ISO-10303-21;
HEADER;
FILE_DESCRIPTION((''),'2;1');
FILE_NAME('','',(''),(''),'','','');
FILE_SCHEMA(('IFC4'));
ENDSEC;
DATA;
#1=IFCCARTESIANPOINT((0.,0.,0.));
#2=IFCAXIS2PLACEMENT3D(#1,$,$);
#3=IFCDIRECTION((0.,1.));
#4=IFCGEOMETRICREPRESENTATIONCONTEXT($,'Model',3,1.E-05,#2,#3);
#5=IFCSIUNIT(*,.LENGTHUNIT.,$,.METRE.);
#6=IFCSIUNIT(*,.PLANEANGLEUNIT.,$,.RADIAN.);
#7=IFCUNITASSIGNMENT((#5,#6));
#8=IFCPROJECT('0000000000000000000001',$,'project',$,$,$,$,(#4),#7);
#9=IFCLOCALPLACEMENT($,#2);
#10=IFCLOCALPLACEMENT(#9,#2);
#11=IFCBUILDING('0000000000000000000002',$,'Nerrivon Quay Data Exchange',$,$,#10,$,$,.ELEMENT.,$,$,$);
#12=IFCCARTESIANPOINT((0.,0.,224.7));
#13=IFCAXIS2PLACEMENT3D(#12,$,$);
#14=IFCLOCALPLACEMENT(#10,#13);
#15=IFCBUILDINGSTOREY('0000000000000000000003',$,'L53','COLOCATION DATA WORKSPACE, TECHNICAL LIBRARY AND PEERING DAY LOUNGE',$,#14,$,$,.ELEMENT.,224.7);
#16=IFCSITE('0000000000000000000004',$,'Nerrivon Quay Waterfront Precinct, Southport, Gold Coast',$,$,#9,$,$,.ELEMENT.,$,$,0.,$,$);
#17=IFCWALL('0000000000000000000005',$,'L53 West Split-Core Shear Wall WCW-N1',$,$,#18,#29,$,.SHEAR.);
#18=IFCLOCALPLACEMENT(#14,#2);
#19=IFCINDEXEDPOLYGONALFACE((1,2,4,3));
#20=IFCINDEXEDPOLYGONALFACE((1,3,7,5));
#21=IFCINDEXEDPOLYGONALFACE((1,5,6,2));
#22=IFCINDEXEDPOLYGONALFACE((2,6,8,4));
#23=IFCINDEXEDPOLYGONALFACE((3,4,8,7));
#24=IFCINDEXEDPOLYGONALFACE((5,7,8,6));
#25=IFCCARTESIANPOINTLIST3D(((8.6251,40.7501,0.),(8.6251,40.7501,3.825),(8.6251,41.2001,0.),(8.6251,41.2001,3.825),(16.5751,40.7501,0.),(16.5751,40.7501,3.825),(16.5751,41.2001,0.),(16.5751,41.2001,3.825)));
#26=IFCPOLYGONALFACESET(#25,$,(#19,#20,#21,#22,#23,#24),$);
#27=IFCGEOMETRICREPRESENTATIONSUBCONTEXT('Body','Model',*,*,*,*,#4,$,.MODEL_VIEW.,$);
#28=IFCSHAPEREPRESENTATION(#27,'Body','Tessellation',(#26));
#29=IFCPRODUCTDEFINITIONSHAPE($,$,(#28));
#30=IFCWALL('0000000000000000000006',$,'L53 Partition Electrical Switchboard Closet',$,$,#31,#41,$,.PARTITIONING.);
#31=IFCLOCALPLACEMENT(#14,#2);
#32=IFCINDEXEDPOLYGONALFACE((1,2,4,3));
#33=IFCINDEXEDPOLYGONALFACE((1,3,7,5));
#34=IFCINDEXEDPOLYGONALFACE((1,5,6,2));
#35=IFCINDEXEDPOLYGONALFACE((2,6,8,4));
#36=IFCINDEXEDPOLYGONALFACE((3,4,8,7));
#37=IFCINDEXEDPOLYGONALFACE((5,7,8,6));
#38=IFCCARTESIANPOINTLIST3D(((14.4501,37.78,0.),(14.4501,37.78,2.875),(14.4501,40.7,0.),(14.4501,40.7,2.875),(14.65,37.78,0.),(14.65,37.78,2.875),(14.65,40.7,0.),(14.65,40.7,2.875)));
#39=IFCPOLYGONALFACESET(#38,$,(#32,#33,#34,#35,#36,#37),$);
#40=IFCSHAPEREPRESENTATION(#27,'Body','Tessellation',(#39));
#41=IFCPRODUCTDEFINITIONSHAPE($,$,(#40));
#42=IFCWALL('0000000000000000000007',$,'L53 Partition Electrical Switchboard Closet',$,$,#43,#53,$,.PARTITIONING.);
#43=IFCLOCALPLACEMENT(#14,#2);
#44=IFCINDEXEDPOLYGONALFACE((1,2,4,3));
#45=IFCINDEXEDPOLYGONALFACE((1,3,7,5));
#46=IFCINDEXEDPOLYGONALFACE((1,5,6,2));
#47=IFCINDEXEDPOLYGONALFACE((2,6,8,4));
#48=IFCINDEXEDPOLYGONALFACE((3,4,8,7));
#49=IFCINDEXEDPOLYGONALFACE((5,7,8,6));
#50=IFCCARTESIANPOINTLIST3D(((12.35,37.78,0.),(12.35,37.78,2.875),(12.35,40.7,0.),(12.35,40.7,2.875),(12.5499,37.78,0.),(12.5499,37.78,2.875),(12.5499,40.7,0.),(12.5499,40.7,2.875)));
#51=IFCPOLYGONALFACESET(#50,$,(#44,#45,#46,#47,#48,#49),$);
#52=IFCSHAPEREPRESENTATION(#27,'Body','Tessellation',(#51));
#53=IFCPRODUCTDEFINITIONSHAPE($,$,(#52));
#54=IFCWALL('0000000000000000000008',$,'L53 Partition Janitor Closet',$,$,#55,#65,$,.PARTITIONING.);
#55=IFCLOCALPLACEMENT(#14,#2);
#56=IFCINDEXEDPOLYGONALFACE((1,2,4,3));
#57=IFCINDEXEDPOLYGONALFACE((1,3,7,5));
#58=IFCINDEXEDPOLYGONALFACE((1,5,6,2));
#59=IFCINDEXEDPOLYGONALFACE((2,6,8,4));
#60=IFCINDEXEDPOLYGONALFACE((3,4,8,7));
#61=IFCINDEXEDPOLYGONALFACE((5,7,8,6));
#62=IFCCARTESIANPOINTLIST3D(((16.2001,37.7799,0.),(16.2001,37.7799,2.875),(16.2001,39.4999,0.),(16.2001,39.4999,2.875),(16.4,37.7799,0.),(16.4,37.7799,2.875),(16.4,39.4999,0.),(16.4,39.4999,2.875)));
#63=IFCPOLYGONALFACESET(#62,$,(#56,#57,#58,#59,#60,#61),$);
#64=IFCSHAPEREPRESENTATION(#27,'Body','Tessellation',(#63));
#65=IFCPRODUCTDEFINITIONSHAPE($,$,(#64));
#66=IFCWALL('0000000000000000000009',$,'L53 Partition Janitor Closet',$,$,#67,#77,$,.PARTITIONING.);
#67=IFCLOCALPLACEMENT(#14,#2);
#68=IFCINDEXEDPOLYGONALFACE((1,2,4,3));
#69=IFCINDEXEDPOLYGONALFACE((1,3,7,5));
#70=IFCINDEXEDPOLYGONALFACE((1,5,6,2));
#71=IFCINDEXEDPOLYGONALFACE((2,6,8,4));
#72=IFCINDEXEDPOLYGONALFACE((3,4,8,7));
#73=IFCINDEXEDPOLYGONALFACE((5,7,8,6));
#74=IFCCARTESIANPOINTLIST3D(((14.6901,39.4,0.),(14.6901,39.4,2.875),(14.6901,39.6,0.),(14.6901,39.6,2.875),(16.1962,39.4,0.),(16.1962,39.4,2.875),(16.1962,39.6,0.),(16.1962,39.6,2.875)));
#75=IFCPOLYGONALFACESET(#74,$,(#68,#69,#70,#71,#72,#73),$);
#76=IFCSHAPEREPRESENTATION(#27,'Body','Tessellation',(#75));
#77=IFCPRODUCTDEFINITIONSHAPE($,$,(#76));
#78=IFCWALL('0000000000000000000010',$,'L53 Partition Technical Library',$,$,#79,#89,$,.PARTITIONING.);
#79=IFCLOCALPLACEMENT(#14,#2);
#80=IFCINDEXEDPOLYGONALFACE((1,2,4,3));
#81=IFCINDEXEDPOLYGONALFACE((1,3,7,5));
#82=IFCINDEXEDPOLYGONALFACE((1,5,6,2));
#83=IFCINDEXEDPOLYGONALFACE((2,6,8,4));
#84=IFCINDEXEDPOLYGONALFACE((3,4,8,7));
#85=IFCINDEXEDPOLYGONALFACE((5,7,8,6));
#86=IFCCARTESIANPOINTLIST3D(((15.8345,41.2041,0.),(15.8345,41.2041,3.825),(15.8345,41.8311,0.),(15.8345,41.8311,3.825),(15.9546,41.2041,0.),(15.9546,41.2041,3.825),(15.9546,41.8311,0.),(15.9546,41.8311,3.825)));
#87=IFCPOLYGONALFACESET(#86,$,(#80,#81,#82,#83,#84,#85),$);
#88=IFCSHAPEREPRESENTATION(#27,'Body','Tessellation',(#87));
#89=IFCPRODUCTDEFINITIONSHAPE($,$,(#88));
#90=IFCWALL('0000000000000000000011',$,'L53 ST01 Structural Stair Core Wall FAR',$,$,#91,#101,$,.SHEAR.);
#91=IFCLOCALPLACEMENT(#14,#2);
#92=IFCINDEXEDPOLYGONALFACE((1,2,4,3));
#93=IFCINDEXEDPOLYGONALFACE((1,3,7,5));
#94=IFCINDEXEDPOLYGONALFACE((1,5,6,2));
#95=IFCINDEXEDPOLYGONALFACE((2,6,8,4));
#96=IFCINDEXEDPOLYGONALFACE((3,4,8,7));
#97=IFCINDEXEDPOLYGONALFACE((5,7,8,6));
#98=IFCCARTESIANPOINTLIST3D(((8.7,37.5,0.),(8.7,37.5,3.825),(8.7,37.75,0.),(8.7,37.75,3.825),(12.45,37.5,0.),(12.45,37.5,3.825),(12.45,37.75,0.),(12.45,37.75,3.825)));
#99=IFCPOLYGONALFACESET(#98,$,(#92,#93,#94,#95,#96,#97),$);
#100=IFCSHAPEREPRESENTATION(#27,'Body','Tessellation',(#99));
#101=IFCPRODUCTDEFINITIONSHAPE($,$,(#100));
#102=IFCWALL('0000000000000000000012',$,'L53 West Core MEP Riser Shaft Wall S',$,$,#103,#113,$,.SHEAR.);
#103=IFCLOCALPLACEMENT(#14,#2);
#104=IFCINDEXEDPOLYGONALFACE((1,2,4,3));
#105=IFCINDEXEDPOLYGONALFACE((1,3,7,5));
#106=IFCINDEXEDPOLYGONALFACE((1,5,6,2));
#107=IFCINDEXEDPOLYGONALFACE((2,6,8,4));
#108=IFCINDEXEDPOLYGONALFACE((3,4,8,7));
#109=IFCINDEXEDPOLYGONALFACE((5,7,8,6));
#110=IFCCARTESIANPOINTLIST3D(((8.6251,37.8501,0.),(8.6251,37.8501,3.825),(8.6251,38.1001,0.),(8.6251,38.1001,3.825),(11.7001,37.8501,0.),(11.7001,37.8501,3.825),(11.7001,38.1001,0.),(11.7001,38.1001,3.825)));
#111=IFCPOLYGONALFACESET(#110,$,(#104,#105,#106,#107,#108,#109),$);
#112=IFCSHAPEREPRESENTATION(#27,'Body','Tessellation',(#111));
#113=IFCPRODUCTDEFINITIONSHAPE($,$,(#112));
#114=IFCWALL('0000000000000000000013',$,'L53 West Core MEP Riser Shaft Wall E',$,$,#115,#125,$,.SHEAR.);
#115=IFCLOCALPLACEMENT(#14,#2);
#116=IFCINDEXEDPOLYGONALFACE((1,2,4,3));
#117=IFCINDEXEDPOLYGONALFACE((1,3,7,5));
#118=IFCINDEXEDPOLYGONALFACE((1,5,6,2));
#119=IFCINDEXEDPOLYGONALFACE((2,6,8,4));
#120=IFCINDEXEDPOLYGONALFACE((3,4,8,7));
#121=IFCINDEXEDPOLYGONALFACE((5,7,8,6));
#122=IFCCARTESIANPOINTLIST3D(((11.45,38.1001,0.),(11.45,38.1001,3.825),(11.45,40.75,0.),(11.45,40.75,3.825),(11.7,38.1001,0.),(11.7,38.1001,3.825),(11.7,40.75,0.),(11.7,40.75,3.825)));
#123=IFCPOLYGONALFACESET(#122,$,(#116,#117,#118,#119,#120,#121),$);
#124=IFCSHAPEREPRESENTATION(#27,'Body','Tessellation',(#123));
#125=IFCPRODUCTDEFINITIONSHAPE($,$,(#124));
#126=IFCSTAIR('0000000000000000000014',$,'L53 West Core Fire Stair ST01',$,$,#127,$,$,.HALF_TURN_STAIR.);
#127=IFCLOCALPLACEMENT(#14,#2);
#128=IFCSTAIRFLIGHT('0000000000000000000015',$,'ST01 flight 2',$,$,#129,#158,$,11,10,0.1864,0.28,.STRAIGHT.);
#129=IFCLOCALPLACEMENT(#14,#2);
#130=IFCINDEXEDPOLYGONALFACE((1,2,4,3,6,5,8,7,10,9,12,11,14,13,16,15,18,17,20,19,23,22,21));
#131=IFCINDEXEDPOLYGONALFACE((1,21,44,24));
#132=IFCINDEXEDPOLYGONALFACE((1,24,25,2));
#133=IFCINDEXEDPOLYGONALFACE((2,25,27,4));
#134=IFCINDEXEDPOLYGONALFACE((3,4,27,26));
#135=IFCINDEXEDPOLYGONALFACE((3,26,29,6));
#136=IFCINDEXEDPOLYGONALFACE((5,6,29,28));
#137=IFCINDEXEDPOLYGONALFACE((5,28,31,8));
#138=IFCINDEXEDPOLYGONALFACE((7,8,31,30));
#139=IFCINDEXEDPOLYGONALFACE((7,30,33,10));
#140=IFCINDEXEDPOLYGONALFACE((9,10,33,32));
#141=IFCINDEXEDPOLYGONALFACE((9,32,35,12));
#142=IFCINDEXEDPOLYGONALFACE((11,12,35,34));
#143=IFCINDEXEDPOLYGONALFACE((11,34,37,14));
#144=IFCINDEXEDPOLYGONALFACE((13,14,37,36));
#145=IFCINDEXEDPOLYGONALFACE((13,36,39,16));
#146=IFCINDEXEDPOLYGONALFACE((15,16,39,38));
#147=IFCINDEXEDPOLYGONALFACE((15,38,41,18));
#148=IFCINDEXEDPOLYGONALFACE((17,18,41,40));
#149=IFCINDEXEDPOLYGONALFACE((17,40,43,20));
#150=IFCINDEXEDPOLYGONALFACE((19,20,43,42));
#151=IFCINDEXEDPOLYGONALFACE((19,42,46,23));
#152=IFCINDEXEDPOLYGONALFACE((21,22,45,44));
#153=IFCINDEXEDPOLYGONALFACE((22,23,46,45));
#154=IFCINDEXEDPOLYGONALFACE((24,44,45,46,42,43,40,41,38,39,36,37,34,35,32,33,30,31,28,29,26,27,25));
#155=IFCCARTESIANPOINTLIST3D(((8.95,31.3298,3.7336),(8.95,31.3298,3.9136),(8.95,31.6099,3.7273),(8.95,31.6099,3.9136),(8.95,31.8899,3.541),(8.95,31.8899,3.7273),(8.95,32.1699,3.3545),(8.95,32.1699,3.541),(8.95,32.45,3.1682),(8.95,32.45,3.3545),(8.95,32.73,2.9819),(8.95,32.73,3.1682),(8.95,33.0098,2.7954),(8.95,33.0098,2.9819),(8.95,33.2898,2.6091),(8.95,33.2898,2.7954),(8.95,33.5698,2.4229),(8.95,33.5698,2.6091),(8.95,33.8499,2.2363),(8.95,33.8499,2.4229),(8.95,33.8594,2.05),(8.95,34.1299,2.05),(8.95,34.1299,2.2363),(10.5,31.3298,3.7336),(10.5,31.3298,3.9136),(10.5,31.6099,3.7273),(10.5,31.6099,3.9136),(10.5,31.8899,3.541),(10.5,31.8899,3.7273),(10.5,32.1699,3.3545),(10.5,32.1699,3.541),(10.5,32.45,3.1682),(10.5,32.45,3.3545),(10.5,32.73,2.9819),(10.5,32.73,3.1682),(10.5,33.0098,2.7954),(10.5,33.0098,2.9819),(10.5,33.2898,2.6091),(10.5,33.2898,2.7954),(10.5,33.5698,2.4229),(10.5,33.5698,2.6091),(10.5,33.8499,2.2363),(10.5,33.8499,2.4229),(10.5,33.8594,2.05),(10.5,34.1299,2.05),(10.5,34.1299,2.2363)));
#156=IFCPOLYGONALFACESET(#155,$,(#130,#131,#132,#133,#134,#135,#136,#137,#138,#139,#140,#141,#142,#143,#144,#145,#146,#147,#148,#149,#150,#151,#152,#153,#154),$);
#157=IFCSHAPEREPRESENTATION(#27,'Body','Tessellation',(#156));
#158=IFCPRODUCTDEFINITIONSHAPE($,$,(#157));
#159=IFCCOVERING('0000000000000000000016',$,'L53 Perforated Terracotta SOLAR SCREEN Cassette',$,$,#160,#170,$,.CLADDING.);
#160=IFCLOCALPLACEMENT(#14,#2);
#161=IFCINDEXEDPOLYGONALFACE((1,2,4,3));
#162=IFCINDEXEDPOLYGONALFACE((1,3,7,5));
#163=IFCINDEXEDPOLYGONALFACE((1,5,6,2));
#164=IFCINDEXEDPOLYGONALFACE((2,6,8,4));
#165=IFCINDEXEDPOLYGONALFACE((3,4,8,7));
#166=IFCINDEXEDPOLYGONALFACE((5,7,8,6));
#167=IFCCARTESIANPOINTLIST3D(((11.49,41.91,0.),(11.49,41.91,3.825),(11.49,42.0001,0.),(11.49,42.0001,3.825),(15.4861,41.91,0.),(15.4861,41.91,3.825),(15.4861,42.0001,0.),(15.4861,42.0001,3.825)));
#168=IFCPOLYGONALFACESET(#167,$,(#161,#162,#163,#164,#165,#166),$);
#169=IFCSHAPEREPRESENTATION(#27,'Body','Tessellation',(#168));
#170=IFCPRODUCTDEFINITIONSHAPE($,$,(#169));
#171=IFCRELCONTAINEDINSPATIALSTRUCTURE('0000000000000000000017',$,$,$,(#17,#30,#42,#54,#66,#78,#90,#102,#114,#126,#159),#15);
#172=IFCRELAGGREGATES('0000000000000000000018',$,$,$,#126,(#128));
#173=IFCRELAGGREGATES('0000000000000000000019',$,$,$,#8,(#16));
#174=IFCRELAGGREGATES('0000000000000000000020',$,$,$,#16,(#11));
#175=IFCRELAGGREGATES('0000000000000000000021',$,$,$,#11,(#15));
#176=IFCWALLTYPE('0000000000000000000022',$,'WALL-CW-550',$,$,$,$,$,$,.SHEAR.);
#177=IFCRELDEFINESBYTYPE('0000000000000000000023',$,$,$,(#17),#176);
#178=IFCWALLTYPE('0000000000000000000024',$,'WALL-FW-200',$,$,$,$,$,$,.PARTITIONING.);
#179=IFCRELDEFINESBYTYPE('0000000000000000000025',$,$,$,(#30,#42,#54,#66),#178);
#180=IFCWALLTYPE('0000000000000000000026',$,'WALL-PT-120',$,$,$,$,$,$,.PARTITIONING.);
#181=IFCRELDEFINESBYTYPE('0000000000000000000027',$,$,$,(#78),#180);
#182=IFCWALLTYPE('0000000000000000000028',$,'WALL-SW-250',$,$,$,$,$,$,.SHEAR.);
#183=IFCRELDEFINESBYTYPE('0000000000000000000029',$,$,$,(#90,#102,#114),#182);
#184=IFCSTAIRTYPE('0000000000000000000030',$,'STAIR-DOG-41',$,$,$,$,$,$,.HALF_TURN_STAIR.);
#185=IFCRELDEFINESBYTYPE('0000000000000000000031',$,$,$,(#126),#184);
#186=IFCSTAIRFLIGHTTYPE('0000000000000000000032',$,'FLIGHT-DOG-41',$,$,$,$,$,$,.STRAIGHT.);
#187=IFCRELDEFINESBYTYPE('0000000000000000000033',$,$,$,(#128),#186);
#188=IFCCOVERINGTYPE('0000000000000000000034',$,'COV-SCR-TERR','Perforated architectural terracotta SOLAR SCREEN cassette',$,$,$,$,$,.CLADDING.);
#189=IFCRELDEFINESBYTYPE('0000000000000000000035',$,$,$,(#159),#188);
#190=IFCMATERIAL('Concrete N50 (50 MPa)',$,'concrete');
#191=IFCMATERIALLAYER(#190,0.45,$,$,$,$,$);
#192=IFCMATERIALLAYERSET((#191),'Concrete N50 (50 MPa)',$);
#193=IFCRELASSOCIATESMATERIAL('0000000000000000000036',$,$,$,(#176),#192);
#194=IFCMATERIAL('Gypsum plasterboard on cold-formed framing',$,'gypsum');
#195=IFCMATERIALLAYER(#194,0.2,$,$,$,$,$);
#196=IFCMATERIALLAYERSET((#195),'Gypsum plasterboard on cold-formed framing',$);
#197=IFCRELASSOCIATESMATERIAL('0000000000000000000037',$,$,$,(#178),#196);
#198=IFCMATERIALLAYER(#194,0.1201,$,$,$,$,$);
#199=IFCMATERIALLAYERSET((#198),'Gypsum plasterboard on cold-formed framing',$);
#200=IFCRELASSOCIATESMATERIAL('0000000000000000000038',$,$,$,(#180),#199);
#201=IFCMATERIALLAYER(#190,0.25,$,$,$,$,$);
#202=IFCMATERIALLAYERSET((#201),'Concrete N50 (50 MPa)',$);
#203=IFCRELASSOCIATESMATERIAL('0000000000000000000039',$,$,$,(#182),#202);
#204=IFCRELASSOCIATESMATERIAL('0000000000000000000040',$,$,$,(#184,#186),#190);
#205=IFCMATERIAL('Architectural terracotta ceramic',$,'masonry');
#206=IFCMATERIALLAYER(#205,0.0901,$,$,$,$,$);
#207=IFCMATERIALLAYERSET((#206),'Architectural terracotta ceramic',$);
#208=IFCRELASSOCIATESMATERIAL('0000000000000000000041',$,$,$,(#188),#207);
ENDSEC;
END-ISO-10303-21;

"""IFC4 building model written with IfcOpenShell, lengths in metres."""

from ifc_helpers import new_model, si_unit, direction, frame, frame_2d, origin, origin_2d, place, context, subcontext, project, spatial, polyline, rectangle, outline, extrude, material, layer, layer_set, type_object, element, aggregate, save


model = new_model("IFC4")

# Units and contexts
model_context = context("Model", 3, precision=1e-05, world=origin(), true_north=direction((0.0, 1.0)))
body_context = subcontext(model_context, "Body", "Model", "MODEL_VIEW")
ifc_project = project(units=[si_unit("LENGTHUNIT", "METRE"), si_unit("PLANEANGLEUNIT", "RADIAN")], contexts=[model_context])

# Site, building, storey
site_placement = place(None, origin())
site = spatial("IfcSite", under=ifc_project, at=site_placement, Name="Nerrivon Quay Waterfront Precinct, Southport, Gold Coast", CompositionType="ELEMENT", RefElevation=0.0)
building_placement = place(site_placement, origin())
building = spatial("IfcBuilding", under=site, at=building_placement, Name="Nerrivon Quay Data Exchange", CompositionType="ELEMENT")
storey_placement = place(building_placement, frame((0.0, 0.0, 224.7)))
storey = spatial("IfcBuildingStorey", under=building, at=storey_placement, Name="L53", Description="COLOCATION DATA WORKSPACE, TECHNICAL LIBRARY AND PEERING DAY LOUNGE", CompositionType="ELEMENT", Elevation=224.7)

# Shared definitions
ifc_material_1 = material(Name="Concrete N50 (50 MPa)", Category="concrete")

# Walls
ifc_layer_1 = layer(ifc_material_1, 0.45)
ifc_layer_set_1 = layer_set([ifc_layer_1], Name="Concrete N50 (50 MPa)")
wall_type_1 = type_object("IfcWallType", Name="WALL-CW-550", PredefinedType="SHEAR", material=ifc_layer_set_1)
wall_1_placement = place(storey_placement, frame((8.625, 40.9751, 0.0), z_axis=(0.0, 0.0, 1.0), x_axis=(1.0, 0.0, 0.0)))
element("IfcWall", 1, at=wall_1_placement, inside=storey, type_object=wall_type_1, Name="L53 West Split-Core Shear Wall WCW-N1", PredefinedType="SHEAR", context=body_context, shape_type="SweptSolid", body=[
    extrude(rectangle(XDim=7.95, YDim=0.45, at=frame_2d((3.9751, 0.0))), origin(), (0.0, 0.0, 1.0), 3.825),
])
ifc_material_2 = material(Name="Gypsum plasterboard on cold-formed framing", Category="gypsum")
ifc_layer_2 = layer(ifc_material_2, 0.2)
ifc_layer_set_2 = layer_set([ifc_layer_2], Name="Gypsum plasterboard on cold-formed framing")
wall_type_2 = type_object("IfcWallType", Name="WALL-FW-200", PredefinedType="PARTITIONING", material=ifc_layer_set_2)
for number, where, z_axis, x_axis, name in (
    (2, (14.55, 37.78, 0.0), (0.0, 0.0, 1.0), (0.0, 1.0, 0.0), "L53 Partition Electrical Switchboard Closet"),
    (3, (12.45, 40.7, 0.0), (0.0, 0.0, 1.0), (0.0, -1.0, 0.0), "L53 Partition Electrical Switchboard Closet"),
):
    element("IfcWall", number, at=place(storey_placement, frame(where, z_axis=z_axis, x_axis=x_axis)), inside=storey, type_object=wall_type_2, Name=name, PredefinedType="PARTITIONING", context=body_context, shape_type="SweptSolid", body=[
        extrude(rectangle(XDim=2.9199, YDim=0.2, at=frame_2d((1.46, 0.0))), origin(), (0.0, 0.0, 1.0), 2.875),
    ])
wall_2_placement = place(storey_placement, frame((16.3, 37.78, 0.0), z_axis=(0.0, 0.0, 1.0), x_axis=(0.0, 1.0, 0.0)))
element("IfcWall", 4, at=wall_2_placement, inside=storey, type_object=wall_type_2, Name="L53 Partition Janitor Closet", PredefinedType="PARTITIONING", context=body_context, shape_type="SweptSolid", body=[
    extrude(rectangle(XDim=1.72, YDim=0.2, at=frame_2d((0.8599, 0.0))), origin(), (0.0, 0.0, 1.0), 2.875),
])
wall_3_placement = place(storey_placement, frame((16.196, 39.5, 0.0), z_axis=(0.0, 0.0, 1.0), x_axis=(-1.0, 0.0, 0.0)))
element("IfcWall", 5, at=wall_3_placement, inside=storey, type_object=wall_type_2, Name="L53 Partition Janitor Closet", PredefinedType="PARTITIONING", context=body_context, shape_type="SweptSolid", body=[
    extrude(rectangle(XDim=1.5061, YDim=0.2, at=frame_2d((0.7529, 0.0))), origin(), (0.0, 0.0, 1.0), 2.875),
])
ifc_layer_3 = layer(ifc_material_2, 0.1201)
ifc_layer_set_3 = layer_set([ifc_layer_3], Name="Gypsum plasterboard on cold-formed framing")
wall_type_3 = type_object("IfcWallType", Name="WALL-PT-120", PredefinedType="PARTITIONING", material=ifc_layer_set_3)
wall_4_placement = place(storey_placement, frame((15.8945, 41.2041, 0.0), z_axis=(0.0, 0.0, 1.0), x_axis=(0.0, 1.0, 0.0)))
element("IfcWall", 6, at=wall_4_placement, inside=storey, type_object=wall_type_3, Name="L53 Partition Technical Library", PredefinedType="PARTITIONING", context=body_context, shape_type="SweptSolid", body=[
    extrude(rectangle(XDim=0.627, YDim=0.1201, at=frame_2d((0.3135, 0.0))), origin(), (0.0, 0.0, 1.0), 3.825),
])
ifc_layer_4 = layer(ifc_material_1, 0.25)
ifc_layer_set_4 = layer_set([ifc_layer_4], Name="Concrete N50 (50 MPa)")
wall_type_4 = type_object("IfcWallType", Name="WALL-SW-250", PredefinedType="SHEAR", material=ifc_layer_set_4)
wall_5_placement = place(storey_placement, frame((12.45, 37.625, 0.0), z_axis=(0.0, 0.0, 1.0), x_axis=(-1.0, 0.0, 0.0)))
element("IfcWall", 7, at=wall_5_placement, inside=storey, type_object=wall_type_4, Name="L53 ST01 Structural Stair Core Wall FAR", PredefinedType="SHEAR", context=body_context, shape_type="SweptSolid", body=[
    extrude(rectangle(XDim=3.75, YDim=0.25, at=frame_2d((1.875, 0.0))), origin(), (0.0, 0.0, 1.0), 3.825),
])
wall_6_placement = place(storey_placement, frame((8.625, 37.9751, 0.0), z_axis=(0.0, 0.0, 1.0), x_axis=(1.0, 0.0, 0.0)))
element("IfcWall", 8, at=wall_6_placement, inside=storey, type_object=wall_type_4, Name="L53 West Core MEP Riser Shaft Wall S", PredefinedType="SHEAR", context=body_context, shape_type="SweptSolid", body=[
    extrude(rectangle(XDim=3.075, YDim=0.25, at=frame_2d((1.5376, 0.0))), origin(), (0.0, 0.0, 1.0), 3.825),
])
wall_7_placement = place(storey_placement, frame((11.575, 38.1001, 0.0), z_axis=(0.0, 0.0, 1.0), x_axis=(0.0, 1.0, 0.0)))
element("IfcWall", 9, at=wall_7_placement, inside=storey, type_object=wall_type_4, Name="L53 West Core MEP Riser Shaft Wall E", PredefinedType="SHEAR", context=body_context, shape_type="SweptSolid", body=[
    extrude(rectangle(XDim=2.6499, YDim=0.25, at=frame_2d((1.325, 0.0))), origin(), (0.0, 0.0, 1.0), 3.825),
])

# Stair, stair flight
stair_type = type_object("IfcStairType", Name="STAIR-DOG-41", PredefinedType="HALF_TURN_STAIR", material=ifc_material_1)
stair_placement = place(storey_placement, origin())
stair = element("IfcStair", 10, at=stair_placement, inside=storey, type_object=stair_type, Name="L53 West Core Fire Stair ST01", PredefinedType="HALF_TURN_STAIR")
stair_flight_type = type_object("IfcStairFlightType", Name="FLIGHT-DOG-41", PredefinedType="STRAIGHT", material=ifc_material_1)
stair_flight_placement = place(storey_placement, frame((9.7251, 34.1299, 2.05), z_axis=(0.0, 0.0, 1.0), x_axis=(0.0, -1.0, 0.0)))
stair_flight = element("IfcStairFlight", 11, at=stair_flight_placement, type_object=stair_flight_type, Name="ST01 flight 2", NumberOfRisers=11, NumberOfTreads=10, PredefinedType="STRAIGHT", RiserHeight=0.1864, TreadLength=0.28, context=body_context, shape_type="SweptSolid", body=[
    extrude(outline(polyline([(0.0, 0.0), (0.0, 0.1863), (0.28, 0.1863), (0.28, 0.3728), (0.5601, 0.3728), (0.5601, 0.5591), (0.8401, 0.5591), (0.8401, 0.7454), (1.1201, 0.7454), (1.1201, 0.9319), (1.3999, 0.9319), (1.3999, 1.1182), (1.6799, 1.1182), (1.6799, 1.3044), (1.96, 1.3044), (1.96, 1.491), (2.24, 1.491), (2.24, 1.6772), (2.52, 1.6772), (2.52, 1.8635), (2.8, 1.8635), (2.8, 2.05), (2.8, 1.6836), (0.2705, 0.0), (0.0, 0.0)])), frame((0.0, 0.7749, 0.0), z_axis=(0.0, -1.0, 0.0), x_axis=(1.0, 0.0, 0.0)), (0.0, 0.0, 1.0), 1.55),
])
aggregate(stair, [stair_flight])

# Covering
ifc_material_3 = material(Name="Architectural terracotta ceramic", Category="masonry")
ifc_layer_5 = layer(ifc_material_3, 0.0901)
ifc_layer_set_5 = layer_set([ifc_layer_5], Name="Architectural terracotta ceramic")
covering_type = type_object("IfcCoveringType", Name="COV-SCR-TERR", Description="Perforated architectural terracotta SOLAR SCREEN cassette", PredefinedType="CLADDING", material=ifc_layer_set_5)
covering_placement = place(storey_placement, frame((13.488, 41.9551, 0.0), z_axis=(0.0, 0.0, 1.0), x_axis=(1.0, 0.0, 0.0)))
element("IfcCovering", 12, at=covering_placement, inside=storey, type_object=covering_type, Name="L53 Perforated Terracotta SOLAR SCREEN Cassette", PredefinedType="CLADDING", context=body_context, shape_type="SweptSolid", body=[
    extrude(rectangle(XDim=3.9961, YDim=0.0901, at=origin_2d()), origin(), (0.0, 0.0, 1.0), 3.825),
])

save(model, "model.ifc")
